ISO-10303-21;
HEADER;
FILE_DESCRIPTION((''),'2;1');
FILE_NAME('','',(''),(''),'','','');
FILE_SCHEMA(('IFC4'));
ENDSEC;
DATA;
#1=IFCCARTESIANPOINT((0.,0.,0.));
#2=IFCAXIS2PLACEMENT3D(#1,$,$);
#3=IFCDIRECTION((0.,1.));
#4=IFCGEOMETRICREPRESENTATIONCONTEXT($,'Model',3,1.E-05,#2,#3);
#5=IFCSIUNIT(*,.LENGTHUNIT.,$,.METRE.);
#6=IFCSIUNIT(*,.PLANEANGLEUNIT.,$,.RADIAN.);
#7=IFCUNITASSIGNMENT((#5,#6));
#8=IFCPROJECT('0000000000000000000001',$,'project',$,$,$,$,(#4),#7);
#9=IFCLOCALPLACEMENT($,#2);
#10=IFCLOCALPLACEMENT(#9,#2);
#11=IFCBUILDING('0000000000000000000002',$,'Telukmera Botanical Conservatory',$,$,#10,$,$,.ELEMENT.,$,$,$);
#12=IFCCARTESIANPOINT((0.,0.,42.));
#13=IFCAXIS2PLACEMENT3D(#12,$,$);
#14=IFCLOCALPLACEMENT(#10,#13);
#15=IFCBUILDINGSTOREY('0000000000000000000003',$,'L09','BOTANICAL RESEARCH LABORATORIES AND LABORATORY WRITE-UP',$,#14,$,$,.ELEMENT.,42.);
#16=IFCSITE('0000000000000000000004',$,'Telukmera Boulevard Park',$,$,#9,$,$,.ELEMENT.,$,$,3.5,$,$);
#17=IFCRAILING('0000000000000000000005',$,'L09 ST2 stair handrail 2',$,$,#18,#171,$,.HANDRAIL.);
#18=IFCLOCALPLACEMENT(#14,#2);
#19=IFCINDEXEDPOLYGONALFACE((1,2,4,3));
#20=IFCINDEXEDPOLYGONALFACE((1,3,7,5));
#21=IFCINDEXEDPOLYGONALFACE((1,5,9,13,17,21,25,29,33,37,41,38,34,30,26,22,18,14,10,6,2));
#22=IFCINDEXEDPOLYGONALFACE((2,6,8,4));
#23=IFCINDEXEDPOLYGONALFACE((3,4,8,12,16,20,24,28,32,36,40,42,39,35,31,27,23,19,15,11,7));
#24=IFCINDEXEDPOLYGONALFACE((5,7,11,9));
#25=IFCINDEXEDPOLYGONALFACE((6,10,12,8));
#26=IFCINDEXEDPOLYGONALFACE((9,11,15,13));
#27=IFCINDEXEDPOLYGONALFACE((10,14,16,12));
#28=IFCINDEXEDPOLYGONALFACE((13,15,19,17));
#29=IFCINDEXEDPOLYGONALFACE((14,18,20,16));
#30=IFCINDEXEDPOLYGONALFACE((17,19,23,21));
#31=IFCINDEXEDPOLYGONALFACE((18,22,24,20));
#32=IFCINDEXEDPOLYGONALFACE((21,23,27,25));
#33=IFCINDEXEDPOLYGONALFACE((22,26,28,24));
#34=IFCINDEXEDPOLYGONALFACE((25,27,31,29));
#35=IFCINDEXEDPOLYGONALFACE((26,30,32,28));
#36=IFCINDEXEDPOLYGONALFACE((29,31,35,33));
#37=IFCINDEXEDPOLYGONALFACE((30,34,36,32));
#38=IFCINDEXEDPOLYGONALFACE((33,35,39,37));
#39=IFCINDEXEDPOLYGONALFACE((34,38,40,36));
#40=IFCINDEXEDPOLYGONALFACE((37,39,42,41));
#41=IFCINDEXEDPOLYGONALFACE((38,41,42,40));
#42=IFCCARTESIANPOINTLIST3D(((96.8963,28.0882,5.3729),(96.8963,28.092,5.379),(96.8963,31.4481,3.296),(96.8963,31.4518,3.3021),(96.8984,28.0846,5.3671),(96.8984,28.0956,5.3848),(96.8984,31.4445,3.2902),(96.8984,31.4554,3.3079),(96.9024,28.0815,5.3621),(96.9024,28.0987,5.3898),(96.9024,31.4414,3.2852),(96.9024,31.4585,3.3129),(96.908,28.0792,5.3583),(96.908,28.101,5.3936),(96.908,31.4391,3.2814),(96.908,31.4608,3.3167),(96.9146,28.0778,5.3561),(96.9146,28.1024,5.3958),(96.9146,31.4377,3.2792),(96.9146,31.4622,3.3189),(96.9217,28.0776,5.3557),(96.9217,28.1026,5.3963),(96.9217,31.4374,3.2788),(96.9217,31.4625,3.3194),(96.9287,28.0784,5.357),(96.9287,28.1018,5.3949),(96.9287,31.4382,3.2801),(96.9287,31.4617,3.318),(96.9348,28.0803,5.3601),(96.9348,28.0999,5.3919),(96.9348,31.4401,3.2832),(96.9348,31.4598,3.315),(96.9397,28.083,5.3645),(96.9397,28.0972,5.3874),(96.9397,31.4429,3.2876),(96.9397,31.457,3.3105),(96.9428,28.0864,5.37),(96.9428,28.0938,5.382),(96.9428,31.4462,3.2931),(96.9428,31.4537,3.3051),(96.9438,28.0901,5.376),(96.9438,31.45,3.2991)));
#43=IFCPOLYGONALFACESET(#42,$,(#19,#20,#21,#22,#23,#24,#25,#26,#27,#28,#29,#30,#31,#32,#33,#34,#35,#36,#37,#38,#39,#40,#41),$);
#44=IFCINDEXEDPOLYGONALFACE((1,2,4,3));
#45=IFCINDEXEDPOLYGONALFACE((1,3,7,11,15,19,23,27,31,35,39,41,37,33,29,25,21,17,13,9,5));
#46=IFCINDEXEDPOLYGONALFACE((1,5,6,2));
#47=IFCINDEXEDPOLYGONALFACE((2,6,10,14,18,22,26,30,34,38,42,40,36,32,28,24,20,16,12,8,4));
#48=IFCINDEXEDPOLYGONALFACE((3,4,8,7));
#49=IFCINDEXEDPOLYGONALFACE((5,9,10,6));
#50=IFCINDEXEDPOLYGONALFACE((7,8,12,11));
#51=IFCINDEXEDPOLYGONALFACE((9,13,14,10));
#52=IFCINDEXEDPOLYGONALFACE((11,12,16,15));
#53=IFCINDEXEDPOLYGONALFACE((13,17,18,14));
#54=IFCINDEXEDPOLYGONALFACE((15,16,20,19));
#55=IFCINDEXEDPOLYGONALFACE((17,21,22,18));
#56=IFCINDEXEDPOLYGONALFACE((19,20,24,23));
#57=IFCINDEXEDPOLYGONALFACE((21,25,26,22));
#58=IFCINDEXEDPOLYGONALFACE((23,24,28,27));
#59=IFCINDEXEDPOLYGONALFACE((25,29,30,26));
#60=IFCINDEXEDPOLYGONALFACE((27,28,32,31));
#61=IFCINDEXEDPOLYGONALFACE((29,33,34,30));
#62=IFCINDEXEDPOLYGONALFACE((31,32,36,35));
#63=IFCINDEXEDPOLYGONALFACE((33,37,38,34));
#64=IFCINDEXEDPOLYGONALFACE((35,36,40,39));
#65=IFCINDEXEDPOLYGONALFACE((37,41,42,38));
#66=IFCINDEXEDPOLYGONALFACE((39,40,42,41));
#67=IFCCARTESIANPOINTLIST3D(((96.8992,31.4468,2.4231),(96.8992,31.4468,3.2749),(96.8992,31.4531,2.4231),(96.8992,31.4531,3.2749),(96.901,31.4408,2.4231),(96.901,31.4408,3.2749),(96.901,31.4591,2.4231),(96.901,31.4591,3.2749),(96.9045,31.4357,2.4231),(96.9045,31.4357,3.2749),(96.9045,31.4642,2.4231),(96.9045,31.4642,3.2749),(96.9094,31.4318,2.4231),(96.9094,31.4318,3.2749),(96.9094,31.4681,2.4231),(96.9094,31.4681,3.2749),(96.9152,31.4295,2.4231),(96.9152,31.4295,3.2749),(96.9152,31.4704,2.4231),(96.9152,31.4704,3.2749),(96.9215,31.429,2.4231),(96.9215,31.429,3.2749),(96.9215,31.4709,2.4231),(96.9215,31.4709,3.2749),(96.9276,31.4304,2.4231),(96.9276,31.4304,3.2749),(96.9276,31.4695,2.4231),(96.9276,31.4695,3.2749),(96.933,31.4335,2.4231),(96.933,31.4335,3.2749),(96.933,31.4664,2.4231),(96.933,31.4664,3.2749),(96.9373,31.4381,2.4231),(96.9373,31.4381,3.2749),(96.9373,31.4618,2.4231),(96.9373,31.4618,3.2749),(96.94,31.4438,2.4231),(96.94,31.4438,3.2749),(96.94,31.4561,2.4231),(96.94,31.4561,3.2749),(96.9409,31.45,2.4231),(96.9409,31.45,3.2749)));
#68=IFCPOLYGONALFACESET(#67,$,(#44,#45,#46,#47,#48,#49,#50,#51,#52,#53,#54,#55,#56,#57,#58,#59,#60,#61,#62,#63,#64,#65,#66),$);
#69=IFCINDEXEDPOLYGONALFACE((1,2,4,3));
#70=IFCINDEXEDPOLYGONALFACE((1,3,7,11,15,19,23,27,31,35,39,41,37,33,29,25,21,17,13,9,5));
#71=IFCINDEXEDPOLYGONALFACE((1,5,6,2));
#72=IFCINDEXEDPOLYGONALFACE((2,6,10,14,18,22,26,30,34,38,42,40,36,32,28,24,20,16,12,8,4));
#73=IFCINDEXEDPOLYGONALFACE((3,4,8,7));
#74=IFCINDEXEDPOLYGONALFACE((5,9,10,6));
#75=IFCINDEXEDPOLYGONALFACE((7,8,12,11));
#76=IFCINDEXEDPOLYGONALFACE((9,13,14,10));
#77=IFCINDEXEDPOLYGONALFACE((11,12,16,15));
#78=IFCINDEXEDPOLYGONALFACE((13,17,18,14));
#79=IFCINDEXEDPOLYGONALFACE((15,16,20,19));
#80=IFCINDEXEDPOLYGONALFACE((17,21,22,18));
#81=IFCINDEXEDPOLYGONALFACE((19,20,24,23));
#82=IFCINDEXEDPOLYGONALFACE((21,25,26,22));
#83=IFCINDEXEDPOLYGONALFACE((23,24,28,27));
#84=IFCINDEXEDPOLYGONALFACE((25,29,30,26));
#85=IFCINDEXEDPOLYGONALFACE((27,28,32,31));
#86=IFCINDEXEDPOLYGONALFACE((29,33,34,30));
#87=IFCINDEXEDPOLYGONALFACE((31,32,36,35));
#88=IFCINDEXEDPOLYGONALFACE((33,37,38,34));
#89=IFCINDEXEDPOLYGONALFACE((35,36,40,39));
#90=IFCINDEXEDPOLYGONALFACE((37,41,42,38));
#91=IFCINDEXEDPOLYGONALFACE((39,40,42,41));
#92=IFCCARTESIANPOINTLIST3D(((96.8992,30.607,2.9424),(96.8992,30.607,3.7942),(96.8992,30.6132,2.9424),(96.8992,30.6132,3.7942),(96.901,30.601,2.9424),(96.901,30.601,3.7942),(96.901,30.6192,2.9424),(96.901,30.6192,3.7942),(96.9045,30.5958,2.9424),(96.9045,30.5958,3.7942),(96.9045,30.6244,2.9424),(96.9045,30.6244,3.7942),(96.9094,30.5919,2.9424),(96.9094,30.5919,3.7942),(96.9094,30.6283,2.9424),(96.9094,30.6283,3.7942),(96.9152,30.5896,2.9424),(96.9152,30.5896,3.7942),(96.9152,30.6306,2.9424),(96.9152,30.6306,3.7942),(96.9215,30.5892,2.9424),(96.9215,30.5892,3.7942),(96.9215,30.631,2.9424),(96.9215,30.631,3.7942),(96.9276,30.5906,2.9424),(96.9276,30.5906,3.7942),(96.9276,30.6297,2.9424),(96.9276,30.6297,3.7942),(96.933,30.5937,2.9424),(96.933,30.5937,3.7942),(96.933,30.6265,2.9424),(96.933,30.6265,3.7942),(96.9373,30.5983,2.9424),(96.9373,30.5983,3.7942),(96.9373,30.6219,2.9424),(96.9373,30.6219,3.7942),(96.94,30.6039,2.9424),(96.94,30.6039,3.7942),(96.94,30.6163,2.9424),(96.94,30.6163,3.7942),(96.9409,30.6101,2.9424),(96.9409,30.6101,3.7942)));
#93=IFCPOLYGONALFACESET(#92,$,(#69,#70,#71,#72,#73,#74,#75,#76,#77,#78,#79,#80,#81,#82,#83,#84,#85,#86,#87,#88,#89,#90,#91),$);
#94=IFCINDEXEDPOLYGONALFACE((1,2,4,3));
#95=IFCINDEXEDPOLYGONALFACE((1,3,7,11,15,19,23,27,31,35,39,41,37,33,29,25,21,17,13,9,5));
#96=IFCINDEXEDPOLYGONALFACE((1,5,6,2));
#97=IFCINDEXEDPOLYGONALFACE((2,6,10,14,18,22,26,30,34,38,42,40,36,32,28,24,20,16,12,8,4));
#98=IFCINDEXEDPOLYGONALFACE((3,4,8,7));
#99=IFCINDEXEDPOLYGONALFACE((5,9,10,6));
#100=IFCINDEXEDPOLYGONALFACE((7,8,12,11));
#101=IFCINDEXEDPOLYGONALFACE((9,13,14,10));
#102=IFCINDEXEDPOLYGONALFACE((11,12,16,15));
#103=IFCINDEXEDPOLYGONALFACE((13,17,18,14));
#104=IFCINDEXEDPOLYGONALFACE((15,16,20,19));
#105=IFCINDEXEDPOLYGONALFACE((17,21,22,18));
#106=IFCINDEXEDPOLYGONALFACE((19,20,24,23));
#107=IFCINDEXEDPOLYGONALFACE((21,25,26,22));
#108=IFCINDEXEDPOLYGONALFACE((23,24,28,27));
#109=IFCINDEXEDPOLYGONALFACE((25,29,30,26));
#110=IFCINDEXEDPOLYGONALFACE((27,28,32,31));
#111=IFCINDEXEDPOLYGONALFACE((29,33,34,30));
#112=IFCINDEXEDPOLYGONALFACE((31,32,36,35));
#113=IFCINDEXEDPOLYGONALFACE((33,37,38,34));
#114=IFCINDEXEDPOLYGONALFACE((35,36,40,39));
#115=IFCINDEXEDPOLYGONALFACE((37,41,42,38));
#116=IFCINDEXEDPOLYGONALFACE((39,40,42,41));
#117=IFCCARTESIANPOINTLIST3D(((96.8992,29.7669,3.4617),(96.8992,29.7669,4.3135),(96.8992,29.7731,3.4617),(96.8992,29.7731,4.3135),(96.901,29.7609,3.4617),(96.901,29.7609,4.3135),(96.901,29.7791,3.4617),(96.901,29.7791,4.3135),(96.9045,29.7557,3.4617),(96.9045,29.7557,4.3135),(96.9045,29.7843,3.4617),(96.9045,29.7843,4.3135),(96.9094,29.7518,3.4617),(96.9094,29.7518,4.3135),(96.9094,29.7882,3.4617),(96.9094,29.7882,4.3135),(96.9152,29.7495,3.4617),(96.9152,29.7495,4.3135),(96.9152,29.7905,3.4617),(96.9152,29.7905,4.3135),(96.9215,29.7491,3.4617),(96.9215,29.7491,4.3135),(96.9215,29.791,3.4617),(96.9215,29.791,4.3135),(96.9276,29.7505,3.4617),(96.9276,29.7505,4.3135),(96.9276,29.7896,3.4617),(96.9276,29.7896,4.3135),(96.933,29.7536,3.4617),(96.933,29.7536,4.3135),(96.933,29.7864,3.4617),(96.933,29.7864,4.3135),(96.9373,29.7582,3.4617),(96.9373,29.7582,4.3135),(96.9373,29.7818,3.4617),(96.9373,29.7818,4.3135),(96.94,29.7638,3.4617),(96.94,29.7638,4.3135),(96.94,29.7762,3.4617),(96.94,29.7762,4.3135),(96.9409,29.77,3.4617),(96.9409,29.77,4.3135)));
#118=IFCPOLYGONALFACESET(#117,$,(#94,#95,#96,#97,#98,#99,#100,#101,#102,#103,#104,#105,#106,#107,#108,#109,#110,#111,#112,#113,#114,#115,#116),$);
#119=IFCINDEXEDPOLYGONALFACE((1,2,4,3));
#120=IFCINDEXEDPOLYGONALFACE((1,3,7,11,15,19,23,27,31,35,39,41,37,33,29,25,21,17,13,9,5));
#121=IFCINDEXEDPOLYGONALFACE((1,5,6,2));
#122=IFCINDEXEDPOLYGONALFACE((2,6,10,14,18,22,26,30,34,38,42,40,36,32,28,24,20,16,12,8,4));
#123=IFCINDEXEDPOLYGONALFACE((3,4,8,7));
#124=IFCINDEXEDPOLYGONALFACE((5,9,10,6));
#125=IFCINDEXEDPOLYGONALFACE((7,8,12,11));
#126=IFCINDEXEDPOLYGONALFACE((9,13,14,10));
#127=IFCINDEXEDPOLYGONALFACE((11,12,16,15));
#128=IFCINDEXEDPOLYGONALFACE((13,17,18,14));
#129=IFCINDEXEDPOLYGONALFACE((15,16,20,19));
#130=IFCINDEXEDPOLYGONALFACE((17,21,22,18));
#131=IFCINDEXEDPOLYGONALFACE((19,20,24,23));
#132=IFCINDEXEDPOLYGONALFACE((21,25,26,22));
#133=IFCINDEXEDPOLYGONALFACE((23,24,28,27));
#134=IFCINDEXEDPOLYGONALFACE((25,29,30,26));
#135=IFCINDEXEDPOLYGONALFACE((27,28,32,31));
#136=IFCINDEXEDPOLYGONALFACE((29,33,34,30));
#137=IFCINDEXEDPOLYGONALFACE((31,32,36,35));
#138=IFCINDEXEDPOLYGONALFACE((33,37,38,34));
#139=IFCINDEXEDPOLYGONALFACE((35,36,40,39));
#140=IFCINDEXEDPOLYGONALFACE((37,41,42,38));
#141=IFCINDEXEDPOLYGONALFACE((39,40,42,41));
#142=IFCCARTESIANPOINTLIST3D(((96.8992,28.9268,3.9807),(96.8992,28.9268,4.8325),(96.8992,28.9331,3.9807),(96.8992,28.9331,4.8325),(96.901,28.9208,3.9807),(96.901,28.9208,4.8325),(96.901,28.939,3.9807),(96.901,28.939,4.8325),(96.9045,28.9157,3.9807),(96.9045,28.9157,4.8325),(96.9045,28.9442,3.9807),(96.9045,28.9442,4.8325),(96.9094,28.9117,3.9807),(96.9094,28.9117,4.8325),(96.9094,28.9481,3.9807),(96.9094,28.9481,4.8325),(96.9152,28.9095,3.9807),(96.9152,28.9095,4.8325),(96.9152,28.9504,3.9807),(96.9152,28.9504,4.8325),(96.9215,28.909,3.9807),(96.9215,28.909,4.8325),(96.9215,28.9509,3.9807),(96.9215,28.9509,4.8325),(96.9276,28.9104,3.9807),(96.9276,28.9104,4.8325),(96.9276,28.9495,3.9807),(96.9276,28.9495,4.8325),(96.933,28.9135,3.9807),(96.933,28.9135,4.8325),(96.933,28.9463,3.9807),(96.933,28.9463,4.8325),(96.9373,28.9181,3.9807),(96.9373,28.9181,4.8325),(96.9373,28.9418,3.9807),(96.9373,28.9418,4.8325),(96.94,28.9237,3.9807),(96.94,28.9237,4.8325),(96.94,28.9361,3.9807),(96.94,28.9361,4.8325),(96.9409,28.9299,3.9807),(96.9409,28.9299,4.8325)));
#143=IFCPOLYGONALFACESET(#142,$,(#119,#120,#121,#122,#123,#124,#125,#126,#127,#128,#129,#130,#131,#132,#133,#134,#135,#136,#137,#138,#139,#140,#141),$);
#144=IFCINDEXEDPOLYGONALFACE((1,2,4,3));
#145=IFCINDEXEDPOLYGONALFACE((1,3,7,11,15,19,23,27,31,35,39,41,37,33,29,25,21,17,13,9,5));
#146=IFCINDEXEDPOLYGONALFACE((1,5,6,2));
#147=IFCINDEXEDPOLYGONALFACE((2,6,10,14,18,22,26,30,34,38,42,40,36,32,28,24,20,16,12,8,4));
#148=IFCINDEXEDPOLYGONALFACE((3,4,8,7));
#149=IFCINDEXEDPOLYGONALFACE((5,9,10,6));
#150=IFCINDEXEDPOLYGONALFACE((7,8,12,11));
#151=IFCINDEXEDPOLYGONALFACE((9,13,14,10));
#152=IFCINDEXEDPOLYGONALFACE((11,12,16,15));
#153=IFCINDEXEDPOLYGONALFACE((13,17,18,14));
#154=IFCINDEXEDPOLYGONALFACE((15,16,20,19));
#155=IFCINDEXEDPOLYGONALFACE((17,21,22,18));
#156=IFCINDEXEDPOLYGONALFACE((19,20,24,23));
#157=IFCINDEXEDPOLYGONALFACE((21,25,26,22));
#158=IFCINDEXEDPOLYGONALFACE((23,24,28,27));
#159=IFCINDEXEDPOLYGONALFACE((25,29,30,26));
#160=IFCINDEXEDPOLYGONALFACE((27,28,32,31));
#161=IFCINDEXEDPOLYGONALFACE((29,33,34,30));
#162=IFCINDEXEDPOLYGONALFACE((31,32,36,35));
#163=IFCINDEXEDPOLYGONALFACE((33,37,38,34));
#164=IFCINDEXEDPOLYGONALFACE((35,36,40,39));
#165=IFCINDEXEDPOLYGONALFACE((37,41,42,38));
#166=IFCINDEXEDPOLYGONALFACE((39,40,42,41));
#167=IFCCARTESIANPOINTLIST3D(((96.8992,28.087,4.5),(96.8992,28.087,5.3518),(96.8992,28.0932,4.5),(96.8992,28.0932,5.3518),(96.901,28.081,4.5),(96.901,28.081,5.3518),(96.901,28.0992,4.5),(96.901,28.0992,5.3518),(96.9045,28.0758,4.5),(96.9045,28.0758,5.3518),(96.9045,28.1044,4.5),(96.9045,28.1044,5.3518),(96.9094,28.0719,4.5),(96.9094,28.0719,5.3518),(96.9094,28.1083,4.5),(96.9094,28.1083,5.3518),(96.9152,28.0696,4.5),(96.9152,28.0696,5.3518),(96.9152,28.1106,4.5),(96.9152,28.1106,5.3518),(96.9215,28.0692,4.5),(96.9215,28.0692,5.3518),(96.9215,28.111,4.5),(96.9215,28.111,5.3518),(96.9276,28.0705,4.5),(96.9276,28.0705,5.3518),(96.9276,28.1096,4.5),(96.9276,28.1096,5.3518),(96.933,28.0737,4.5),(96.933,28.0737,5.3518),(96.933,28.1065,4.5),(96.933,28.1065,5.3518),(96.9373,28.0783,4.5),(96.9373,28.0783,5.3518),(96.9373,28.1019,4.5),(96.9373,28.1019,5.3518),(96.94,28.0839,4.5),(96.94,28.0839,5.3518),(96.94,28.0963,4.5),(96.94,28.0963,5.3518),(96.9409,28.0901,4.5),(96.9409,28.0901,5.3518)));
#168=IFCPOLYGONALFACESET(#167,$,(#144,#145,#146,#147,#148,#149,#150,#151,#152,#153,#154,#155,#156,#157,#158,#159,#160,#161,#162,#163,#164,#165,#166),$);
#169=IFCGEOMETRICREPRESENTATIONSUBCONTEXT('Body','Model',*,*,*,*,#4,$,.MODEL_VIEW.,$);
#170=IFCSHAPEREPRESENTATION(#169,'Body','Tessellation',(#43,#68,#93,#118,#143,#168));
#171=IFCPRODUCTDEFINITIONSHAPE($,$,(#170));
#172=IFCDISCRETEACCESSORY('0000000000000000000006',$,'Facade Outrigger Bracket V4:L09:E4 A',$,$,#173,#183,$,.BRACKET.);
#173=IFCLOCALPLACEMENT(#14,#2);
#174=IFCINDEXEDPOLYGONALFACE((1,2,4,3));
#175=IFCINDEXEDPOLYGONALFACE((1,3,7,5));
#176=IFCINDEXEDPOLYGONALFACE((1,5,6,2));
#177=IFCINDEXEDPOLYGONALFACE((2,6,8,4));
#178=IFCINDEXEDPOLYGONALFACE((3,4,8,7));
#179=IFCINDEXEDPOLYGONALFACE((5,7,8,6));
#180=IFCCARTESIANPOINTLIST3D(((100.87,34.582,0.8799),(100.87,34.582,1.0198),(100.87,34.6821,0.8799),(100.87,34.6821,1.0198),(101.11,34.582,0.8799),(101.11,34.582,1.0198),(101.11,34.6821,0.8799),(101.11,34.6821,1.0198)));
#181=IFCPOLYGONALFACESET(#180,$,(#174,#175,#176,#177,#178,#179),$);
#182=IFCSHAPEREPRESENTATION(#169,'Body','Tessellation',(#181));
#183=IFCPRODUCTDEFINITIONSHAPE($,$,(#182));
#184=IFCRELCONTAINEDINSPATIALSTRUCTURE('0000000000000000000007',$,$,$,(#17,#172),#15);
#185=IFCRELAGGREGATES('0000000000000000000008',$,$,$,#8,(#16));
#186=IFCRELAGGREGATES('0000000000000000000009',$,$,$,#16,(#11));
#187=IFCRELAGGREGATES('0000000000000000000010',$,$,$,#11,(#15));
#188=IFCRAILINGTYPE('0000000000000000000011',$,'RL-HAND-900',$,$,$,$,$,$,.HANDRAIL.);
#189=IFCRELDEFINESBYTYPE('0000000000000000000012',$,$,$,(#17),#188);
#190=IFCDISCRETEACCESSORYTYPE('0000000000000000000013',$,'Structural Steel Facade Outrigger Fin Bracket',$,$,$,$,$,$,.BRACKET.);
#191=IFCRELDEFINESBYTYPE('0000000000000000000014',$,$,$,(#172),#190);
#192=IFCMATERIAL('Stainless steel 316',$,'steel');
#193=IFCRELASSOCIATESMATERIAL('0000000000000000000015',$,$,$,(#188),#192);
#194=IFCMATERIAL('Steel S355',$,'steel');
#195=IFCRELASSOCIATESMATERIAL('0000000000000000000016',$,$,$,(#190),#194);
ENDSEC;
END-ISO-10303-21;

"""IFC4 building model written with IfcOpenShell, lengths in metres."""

from ifc_helpers import new_model, si_unit, direction, frame, origin, origin_2d, place, context, subcontext, project, spatial, rectangle, circle, extrude, material, type_object, element, save


model = new_model("IFC4")

# Units and contexts
model_context = context("Model", 3, precision=1e-05, world=origin(), true_north=direction((0.0, 1.0)))
body_context = subcontext(model_context, "Body", "Model", "MODEL_VIEW")
ifc_project = project(units=[si_unit("LENGTHUNIT", "METRE"), si_unit("PLANEANGLEUNIT", "RADIAN")], contexts=[model_context])

# Site, building, storey
site_placement = place(None, origin())
site = spatial("IfcSite", under=ifc_project, at=site_placement, Name="Telukmera Boulevard Park", CompositionType="ELEMENT", RefElevation=3.5)
building_placement = place(site_placement, origin())
building = spatial("IfcBuilding", under=site, at=building_placement, Name="Telukmera Botanical Conservatory", CompositionType="ELEMENT")
storey_placement = place(building_placement, frame((0.0, 0.0, 42.0)))
storey = spatial("IfcBuildingStorey", under=building, at=storey_placement, Name="L09", Description="BOTANICAL RESEARCH LABORATORIES AND LABORATORY WRITE-UP", CompositionType="ELEMENT", Elevation=42.0)

# Railing
ifc_material_1 = material(Name="Steel S355", Category="steel")
ifc_material_2 = material(Name="Stainless steel 316", Category="steel")
railing_type_1 = type_object("IfcRailingType", Name="RL-HAND-900", PredefinedType="HANDRAIL", material=ifc_material_2)
railing_1_placement = place(storey_placement, frame((96.9199, 31.45, 2.4231)))
element("IfcRailing", 1, at=railing_1_placement, inside=storey, type_object=railing_type_1, Name="L09 ST2 stair handrail 2", PredefinedType="HANDRAIL", context=body_context, shape_type="SweptSolid", body=[
    extrude(circle(Radius=0.0239, at=origin_2d()), frame((0.0, 0.0, 0.876), z_axis=(0.0, -0.850606, 0.525803), x_axis=(1.0, 0.0, 0.0)), (0.0, 0.0, 1.0), 3.95),
    extrude(circle(Radius=0.021, at=origin_2d()), origin(), (0.0, 0.0, 1.0), 0.8518),
    extrude(circle(Radius=0.021, at=origin_2d()), frame((0.0, -0.8398, 0.5193)), (0.0, 0.0, 1.0), 0.8518),
    extrude(circle(Radius=0.021, at=origin_2d()), frame((0.0, -1.6799, 1.0386)), (0.0, 0.0, 1.0), 0.8518),
    extrude(circle(Radius=0.021, at=origin_2d()), frame((0.0, -2.52, 1.5576)), (0.0, 0.0, 1.0), 0.8518),
    extrude(circle(Radius=0.021, at=origin_2d()), frame((0.0, -3.3599, 2.0769)), (0.0, 0.0, 1.0), 0.8518),
])

# Discrete accessory
discrete_accessory_type = type_object("IfcDiscreteAccessoryType", Name="Structural Steel Facade Outrigger Fin Bracket", PredefinedType="BRACKET", material=ifc_material_1)
discrete_accessory_placement = place(storey_placement, frame((100.99, 34.6321, 0.8799), z_axis=(0.0, 0.0, 1.0), x_axis=(0.0, 1.0, 0.0)))
element("IfcDiscreteAccessory", 2, at=discrete_accessory_placement, inside=storey, type_object=discrete_accessory_type, Name="Facade Outrigger Bracket V4:L09:E4 A", PredefinedType="BRACKET", context=body_context, shape_type="SweptSolid", body=[
    extrude(rectangle(XDim=0.1001, YDim=0.24, at=origin_2d()), origin(), (0.0, 0.0, 1.0), 0.1399),
])

save(model, "model.ifc")
